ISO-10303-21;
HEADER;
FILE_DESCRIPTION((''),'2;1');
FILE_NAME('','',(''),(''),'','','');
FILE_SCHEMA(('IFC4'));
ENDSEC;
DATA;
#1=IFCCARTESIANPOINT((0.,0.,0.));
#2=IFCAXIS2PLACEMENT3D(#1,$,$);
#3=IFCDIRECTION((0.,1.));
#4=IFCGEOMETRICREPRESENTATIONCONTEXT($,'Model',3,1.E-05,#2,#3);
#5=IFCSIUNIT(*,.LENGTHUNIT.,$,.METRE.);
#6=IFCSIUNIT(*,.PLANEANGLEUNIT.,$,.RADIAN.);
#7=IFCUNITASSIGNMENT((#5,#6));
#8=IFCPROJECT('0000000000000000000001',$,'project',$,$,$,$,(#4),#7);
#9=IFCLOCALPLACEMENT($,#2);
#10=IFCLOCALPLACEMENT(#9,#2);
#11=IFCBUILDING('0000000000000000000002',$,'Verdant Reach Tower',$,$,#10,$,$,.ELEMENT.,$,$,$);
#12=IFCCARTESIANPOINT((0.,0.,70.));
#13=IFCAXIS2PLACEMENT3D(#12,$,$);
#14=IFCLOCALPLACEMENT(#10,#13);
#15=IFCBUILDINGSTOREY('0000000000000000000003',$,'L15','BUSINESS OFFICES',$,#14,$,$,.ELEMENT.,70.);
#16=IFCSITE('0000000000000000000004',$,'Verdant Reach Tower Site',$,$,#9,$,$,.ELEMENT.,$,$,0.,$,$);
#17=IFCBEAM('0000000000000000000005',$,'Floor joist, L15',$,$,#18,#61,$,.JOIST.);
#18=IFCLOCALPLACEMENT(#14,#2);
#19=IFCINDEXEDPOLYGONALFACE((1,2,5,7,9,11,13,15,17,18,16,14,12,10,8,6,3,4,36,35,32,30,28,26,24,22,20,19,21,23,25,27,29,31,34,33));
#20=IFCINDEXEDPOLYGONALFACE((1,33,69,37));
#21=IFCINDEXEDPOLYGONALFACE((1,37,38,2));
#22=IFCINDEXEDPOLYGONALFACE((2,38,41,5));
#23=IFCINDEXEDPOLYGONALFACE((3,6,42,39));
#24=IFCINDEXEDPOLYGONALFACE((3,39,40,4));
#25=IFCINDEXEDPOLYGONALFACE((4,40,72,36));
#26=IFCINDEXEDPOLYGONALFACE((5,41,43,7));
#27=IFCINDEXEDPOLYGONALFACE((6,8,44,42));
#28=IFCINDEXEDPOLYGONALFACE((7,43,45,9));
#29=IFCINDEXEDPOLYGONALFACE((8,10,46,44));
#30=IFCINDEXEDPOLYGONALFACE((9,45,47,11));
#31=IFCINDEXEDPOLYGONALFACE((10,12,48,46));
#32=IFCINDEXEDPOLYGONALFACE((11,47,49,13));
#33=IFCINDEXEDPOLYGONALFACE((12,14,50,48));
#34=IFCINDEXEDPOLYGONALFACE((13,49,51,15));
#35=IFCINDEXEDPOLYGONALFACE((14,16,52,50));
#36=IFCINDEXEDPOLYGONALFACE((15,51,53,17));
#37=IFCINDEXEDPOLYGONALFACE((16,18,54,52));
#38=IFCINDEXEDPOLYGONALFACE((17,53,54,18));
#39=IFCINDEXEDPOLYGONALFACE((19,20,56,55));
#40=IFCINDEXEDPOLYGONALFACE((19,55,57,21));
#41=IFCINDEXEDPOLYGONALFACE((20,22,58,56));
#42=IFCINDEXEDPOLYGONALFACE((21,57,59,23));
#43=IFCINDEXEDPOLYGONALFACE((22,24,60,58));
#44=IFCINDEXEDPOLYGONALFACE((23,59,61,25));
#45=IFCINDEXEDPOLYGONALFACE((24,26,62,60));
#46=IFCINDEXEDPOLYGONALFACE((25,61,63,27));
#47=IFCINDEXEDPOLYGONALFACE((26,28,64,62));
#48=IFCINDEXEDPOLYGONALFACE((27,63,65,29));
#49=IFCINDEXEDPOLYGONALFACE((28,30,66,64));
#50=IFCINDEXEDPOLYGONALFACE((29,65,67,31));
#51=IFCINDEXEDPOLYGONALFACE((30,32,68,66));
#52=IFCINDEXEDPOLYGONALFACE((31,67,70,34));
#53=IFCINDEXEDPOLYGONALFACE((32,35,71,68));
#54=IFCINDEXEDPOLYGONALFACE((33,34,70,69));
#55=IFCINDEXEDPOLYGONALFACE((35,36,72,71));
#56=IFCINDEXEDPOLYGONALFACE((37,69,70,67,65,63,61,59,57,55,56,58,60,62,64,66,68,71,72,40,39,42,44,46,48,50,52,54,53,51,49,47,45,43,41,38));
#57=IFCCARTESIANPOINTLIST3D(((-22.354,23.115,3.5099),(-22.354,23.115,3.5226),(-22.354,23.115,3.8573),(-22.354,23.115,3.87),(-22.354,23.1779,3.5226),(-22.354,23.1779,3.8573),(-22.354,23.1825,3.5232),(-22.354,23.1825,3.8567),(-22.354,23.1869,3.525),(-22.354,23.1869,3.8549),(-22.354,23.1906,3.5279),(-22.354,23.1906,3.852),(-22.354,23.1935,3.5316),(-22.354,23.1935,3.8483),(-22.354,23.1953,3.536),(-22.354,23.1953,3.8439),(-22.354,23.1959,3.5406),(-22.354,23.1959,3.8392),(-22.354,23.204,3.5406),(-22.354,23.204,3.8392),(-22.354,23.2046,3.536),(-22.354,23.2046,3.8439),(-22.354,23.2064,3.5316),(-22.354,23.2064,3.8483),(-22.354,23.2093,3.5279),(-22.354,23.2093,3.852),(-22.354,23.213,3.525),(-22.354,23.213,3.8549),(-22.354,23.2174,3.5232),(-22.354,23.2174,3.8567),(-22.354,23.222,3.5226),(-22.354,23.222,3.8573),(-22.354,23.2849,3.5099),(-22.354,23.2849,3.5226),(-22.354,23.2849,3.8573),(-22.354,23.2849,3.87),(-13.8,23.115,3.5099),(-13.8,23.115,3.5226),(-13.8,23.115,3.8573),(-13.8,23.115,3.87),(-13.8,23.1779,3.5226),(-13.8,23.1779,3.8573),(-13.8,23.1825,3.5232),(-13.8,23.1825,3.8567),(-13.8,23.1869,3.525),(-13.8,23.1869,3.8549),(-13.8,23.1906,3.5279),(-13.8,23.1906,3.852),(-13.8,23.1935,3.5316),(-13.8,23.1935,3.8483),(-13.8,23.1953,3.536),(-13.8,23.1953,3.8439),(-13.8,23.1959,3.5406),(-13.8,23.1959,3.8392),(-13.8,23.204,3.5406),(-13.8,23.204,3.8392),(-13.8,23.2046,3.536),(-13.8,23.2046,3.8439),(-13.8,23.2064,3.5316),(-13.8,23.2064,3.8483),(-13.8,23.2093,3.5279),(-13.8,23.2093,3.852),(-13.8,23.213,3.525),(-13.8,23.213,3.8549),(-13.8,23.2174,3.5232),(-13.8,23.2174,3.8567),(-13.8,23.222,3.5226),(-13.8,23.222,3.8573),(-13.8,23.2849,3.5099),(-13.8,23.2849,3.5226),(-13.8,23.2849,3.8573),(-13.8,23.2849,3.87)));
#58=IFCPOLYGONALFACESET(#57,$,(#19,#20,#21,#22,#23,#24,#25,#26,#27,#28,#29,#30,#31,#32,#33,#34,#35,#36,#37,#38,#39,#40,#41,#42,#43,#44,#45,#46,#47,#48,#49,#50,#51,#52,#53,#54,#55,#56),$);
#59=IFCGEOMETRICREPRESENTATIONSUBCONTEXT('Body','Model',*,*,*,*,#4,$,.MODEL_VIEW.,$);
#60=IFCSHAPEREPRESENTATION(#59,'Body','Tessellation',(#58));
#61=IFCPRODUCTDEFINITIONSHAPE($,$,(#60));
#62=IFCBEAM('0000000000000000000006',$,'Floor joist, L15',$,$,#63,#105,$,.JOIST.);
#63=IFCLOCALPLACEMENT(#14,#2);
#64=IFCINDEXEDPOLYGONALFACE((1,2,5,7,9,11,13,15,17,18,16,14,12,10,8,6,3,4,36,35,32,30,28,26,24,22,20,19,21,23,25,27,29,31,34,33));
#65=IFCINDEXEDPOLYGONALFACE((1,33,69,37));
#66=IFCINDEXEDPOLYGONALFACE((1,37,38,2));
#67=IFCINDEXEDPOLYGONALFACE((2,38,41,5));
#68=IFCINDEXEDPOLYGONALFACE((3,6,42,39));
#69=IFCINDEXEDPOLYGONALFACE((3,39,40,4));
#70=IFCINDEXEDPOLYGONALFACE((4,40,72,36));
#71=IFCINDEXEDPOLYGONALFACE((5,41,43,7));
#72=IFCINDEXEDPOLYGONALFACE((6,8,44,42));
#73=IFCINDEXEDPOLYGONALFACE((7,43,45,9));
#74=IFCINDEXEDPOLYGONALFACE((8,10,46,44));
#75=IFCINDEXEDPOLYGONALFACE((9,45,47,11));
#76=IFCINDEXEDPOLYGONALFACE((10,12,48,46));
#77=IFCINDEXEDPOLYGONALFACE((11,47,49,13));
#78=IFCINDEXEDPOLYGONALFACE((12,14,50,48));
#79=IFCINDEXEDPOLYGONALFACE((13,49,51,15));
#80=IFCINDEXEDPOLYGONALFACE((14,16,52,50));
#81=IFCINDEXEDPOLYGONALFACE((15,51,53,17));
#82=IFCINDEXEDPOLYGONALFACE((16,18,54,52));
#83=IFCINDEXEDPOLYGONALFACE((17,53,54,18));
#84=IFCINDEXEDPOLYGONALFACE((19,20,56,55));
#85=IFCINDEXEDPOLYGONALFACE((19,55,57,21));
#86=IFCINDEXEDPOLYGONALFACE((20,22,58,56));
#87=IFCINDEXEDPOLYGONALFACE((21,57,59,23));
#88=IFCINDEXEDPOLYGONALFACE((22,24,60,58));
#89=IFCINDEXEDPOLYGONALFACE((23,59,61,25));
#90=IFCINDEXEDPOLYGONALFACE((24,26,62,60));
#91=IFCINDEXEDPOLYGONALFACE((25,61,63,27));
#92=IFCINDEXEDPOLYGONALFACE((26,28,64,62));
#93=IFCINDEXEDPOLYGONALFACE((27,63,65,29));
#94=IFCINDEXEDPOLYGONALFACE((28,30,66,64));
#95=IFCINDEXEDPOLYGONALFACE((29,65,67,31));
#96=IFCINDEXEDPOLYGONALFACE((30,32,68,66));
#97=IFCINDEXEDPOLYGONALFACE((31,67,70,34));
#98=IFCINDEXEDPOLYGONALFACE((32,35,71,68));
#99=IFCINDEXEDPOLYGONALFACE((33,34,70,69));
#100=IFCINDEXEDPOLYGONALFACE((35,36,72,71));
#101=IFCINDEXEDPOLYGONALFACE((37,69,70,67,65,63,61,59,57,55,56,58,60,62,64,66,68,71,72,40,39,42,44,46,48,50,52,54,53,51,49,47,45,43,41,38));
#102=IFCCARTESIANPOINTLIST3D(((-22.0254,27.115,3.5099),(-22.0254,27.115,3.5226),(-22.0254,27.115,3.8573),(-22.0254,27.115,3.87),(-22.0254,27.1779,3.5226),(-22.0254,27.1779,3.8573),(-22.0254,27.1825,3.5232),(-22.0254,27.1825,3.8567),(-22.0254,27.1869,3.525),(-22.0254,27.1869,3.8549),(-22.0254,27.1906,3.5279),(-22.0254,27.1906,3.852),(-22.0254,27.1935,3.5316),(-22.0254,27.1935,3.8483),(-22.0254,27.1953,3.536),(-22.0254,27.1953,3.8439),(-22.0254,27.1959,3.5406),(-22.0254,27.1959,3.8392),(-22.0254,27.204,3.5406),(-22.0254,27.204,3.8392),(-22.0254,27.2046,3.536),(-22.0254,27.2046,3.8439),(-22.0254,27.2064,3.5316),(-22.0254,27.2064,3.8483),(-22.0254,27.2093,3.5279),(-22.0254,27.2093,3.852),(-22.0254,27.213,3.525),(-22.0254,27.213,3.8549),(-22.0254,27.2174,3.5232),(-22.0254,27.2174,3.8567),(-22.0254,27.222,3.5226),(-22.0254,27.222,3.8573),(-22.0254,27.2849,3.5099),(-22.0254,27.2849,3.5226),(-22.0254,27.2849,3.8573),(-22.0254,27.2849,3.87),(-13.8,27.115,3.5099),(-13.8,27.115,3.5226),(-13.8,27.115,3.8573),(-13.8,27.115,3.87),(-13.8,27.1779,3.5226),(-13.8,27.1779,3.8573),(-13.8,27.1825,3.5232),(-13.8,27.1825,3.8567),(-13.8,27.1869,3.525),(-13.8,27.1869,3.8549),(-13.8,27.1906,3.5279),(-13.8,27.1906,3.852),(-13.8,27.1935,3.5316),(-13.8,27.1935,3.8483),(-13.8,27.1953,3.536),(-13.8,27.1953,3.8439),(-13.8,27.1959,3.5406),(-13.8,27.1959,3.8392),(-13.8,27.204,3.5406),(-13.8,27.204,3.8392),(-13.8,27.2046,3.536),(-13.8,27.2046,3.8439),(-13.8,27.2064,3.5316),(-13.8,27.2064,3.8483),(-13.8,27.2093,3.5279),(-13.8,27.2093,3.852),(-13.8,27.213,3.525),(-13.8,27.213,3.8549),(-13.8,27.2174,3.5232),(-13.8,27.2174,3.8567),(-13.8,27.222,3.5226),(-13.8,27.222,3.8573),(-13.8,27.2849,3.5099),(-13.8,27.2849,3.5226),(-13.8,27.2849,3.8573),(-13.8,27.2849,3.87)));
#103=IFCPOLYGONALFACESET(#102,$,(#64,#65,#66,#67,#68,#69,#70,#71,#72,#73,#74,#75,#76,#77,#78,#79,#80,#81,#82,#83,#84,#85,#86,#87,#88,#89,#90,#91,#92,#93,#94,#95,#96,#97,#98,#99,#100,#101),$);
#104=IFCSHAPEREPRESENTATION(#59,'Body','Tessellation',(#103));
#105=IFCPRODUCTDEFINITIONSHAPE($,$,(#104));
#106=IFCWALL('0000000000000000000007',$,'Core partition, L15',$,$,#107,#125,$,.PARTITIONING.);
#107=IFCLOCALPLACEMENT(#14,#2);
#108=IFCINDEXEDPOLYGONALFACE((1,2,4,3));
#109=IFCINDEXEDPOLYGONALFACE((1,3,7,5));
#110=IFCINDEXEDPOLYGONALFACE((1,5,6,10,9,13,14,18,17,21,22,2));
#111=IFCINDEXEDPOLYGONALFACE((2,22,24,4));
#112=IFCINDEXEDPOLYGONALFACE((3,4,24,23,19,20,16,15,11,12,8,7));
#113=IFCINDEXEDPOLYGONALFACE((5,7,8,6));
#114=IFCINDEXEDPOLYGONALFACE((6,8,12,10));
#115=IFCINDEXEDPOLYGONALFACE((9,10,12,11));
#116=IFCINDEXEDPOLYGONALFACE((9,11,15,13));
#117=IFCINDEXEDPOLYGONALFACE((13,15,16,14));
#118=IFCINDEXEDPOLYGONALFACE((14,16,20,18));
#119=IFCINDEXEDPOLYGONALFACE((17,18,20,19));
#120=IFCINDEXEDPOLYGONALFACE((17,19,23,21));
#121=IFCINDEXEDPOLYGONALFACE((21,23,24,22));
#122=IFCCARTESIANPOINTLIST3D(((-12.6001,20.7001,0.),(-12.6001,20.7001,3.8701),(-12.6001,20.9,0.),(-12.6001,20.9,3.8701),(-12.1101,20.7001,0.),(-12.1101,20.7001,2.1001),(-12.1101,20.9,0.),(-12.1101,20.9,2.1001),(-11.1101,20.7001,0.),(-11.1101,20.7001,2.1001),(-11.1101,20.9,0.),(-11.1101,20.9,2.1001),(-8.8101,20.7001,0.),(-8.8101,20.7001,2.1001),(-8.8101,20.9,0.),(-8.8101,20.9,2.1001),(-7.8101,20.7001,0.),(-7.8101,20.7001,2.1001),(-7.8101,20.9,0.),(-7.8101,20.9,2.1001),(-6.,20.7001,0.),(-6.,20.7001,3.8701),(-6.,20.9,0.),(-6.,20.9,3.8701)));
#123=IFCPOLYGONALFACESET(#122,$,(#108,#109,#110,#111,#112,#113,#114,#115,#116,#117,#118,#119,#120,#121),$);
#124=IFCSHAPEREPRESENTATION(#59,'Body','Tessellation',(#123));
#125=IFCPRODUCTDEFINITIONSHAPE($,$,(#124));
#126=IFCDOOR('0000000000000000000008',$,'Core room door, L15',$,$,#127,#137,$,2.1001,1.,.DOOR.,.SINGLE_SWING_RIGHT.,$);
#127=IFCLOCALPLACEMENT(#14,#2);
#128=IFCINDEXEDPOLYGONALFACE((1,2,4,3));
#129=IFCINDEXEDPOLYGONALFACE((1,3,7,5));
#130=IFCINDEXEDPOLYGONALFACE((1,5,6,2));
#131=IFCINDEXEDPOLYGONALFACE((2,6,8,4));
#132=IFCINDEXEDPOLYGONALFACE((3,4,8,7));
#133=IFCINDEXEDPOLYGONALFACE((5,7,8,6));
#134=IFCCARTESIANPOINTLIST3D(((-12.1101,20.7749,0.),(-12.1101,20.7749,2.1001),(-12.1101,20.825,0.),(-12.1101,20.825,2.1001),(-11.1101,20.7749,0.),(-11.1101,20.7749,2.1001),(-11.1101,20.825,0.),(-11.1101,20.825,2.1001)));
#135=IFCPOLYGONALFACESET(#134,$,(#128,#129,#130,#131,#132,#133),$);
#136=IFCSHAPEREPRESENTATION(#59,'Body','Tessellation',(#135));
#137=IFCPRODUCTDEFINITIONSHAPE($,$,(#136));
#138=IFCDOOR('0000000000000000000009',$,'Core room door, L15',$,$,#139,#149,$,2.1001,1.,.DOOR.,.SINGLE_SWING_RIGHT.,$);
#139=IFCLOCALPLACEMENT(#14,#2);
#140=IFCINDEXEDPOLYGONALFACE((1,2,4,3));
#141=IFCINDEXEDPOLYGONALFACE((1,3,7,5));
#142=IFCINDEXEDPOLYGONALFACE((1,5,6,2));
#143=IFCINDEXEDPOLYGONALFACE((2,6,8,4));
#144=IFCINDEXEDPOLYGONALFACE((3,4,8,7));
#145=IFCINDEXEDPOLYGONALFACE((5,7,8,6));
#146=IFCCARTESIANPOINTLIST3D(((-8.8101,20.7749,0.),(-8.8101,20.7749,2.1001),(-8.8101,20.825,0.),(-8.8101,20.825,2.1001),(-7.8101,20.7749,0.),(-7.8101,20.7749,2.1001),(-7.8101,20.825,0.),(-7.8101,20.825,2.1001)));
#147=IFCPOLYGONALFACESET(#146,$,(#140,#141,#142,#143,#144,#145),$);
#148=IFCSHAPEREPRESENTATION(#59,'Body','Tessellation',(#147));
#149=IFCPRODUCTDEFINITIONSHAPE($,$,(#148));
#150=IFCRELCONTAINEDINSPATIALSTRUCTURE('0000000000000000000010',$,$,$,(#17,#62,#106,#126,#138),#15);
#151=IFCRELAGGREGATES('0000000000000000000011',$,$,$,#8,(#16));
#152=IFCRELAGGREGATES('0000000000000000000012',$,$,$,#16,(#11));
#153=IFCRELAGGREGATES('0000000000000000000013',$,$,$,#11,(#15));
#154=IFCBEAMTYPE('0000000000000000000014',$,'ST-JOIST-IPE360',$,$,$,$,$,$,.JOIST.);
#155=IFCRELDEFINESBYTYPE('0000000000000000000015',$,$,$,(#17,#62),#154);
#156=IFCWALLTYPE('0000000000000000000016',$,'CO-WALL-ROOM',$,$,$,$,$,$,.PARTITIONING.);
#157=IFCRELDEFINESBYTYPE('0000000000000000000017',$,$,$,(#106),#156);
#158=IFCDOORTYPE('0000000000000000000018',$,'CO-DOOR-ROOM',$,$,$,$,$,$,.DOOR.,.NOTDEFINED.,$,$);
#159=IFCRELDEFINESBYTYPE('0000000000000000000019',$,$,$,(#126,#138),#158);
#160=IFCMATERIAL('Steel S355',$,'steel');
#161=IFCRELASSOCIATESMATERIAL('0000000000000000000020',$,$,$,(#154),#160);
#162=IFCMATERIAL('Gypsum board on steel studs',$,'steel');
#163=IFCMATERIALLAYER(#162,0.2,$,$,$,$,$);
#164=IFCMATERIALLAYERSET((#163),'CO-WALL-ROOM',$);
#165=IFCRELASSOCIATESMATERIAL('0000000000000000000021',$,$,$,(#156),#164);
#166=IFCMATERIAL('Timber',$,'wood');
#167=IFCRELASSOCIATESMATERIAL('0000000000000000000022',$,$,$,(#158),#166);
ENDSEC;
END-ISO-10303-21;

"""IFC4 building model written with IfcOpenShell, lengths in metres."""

from ifc_helpers import new_model, si_unit, direction, frame, frame_2d, origin, origin_2d, place, context, subcontext, project, spatial, rectangle, i_section, extrude, material, layer, layer_set, material_profile, profile_set, type_object, element, fill, save


model = new_model("IFC4")

# Units and contexts
model_context = context("Model", 3, precision=1e-05, world=origin(), true_north=direction((0.0, 1.0)))
body_context = subcontext(model_context, "Body", "Model", "MODEL_VIEW")
ifc_project = project(units=[si_unit("LENGTHUNIT", "METRE"), si_unit("PLANEANGLEUNIT", "RADIAN")], contexts=[model_context])

# Site, building, storey
site_placement = place(None, origin())
site = spatial("IfcSite", under=ifc_project, at=site_placement, Name="Verdant Reach Tower Site", CompositionType="ELEMENT", RefElevation=0.0)
building_placement = place(site_placement, origin())
building = spatial("IfcBuilding", under=site, at=building_placement, Name="Verdant Reach Tower", CompositionType="ELEMENT")
storey_placement = place(building_placement, frame((0.0, 0.0, 70.0)))
storey = spatial("IfcBuildingStorey", under=building, at=storey_placement, Name="L15", Description="BUSINESS OFFICES", CompositionType="ELEMENT", Elevation=70.0)

# Beams
ifc_material_1 = material(Name="Steel S355", Category="steel")
ifc_material_profile = material_profile(ifc_material_1, i_section(OverallWidth=0.1699, OverallDepth=0.3601, WebThickness=0.0081, FlangeThickness=0.0127, FilletRadius=0.0181, at=origin_2d()), Name="IPE 360")
ifc_profile_set = profile_set([ifc_material_profile], Name="Steel S355")
beam_type = type_object("IfcBeamType", Name="ST-JOIST-IPE360", PredefinedType="JOIST", material=ifc_profile_set)
beam_1_placement = place(storey_placement, frame((-13.8, 23.2, 3.6899), z_axis=(-1.0, 0.0, 0.0), x_axis=(0.0, -1.0, 0.0)))
element("IfcBeam", 1, at=beam_1_placement, inside=storey, type_object=beam_type, Name="Floor joist, L15", PredefinedType="JOIST", context=body_context, shape_type="SweptSolid", body=[
    extrude(i_section(OverallWidth=0.1699, OverallDepth=0.3601, WebThickness=0.0081, FlangeThickness=0.0127, FilletRadius=0.0181, at=origin_2d()), origin(), (0.0, 0.0, 1.0), 8.554),
])
beam_2_placement = place(storey_placement, frame((-13.8, 27.2, 3.6899), z_axis=(-1.0, 0.0, 0.0), x_axis=(0.0, -1.0, 0.0)))
element("IfcBeam", 2, at=beam_2_placement, inside=storey, type_object=beam_type, Name="Floor joist, L15", PredefinedType="JOIST", context=body_context, shape_type="SweptSolid", body=[
    extrude(i_section(OverallWidth=0.1699, OverallDepth=0.3601, WebThickness=0.0081, FlangeThickness=0.0127, FilletRadius=0.0181, at=origin_2d()), origin(), (0.0, 0.0, 1.0), 8.2253),
])

# Wall, openings, doors
ifc_material_2 = material(Name="Gypsum board on steel studs", Category="steel")
ifc_layer_1 = layer(ifc_material_2, 0.2)
ifc_layer_set_1 = layer_set([ifc_layer_1], Name="CO-WALL-ROOM")
wall_type_1 = type_object("IfcWallType", Name="CO-WALL-ROOM", PredefinedType="PARTITIONING", material=ifc_layer_set_1)
wall_1_placement = place(storey_placement, frame((-12.6001, 20.8, 0.0), z_axis=(0.0, 0.0, 1.0), x_axis=(1.0, 0.0, 0.0)))
wall_1 = element("IfcWall", 3, at=wall_1_placement, inside=storey, type_object=wall_type_1, Name="Core partition, L15", PredefinedType="PARTITIONING", context=body_context, shape_type="SweptSolid", body=[
    extrude(rectangle(XDim=6.6001, YDim=0.2, at=frame_2d((3.3, 0.0))), origin(), (0.0, 0.0, 1.0), 3.8701),
])
opening_1_placement = place(wall_1_placement, frame((0.49, 0.0, 0.0)))
opening_1 = element("IfcOpeningElement", 4, at=opening_1_placement, cuts=wall_1, PredefinedType="OPENING", context=body_context, shape_type="SweptSolid", body=[
    extrude(rectangle(XDim=1.0, YDim=2.1001, at=frame_2d((0.5, 1.05))), frame((0.0, 0.1099, 0.0), z_axis=(0.0, -1.0, 0.0), x_axis=(1.0, 0.0, 0.0)), (0.0, 0.0, 1.0), 0.22),
])
opening_2_placement = place(wall_1_placement, frame((3.79, 0.0, 0.0)))
opening_2 = element("IfcOpeningElement", 5, at=opening_2_placement, cuts=wall_1, PredefinedType="OPENING", context=body_context, shape_type="SweptSolid", body=[
    extrude(rectangle(XDim=1.0, YDim=2.1001, at=frame_2d((0.5, 1.05))), frame((0.0, 0.1099, 0.0), z_axis=(0.0, -1.0, 0.0), x_axis=(1.0, 0.0, 0.0)), (0.0, 0.0, 1.0), 0.22),
])
ifc_material_3 = material(Name="Timber", Category="wood")
door_type_1 = type_object("IfcDoorType", Name="CO-DOOR-ROOM", OperationType="NOTDEFINED", PredefinedType="DOOR", material=ifc_material_3)
door_1_placement = place(opening_1_placement, origin())
door_1 = element("IfcDoor", 6, at=door_1_placement, inside=storey, type_object=door_type_1, Name="Core room door, L15", OperationType="SINGLE_SWING_RIGHT", OverallHeight=2.1001, OverallWidth=1.0, PredefinedType="DOOR", context=body_context, shape_type="SweptSolid", body=[
    extrude(rectangle(XDim=1.0, YDim=2.1001, at=frame_2d((0.5, 1.05))), frame((0.0, 0.0249, 0.0), z_axis=(0.0, -1.0, 0.0), x_axis=(1.0, 0.0, 0.0)), (0.0, 0.0, 1.0), 0.05),
])
fill(opening_1, door_1)
door_2_placement = place(opening_2_placement, origin())
door_2 = element("IfcDoor", 7, at=door_2_placement, inside=storey, type_object=door_type_1, Name="Core room door, L15", OperationType="SINGLE_SWING_RIGHT", OverallHeight=2.1001, OverallWidth=1.0, PredefinedType="DOOR", context=body_context, shape_type="SweptSolid", body=[
    extrude(rectangle(XDim=1.0, YDim=2.1001, at=frame_2d((0.5, 1.05))), frame((0.0, 0.0249, 0.0), z_axis=(0.0, -1.0, 0.0), x_axis=(1.0, 0.0, 0.0)), (0.0, 0.0, 1.0), 0.05),
])
fill(opening_2, door_2)

save(model, "model.ifc")
